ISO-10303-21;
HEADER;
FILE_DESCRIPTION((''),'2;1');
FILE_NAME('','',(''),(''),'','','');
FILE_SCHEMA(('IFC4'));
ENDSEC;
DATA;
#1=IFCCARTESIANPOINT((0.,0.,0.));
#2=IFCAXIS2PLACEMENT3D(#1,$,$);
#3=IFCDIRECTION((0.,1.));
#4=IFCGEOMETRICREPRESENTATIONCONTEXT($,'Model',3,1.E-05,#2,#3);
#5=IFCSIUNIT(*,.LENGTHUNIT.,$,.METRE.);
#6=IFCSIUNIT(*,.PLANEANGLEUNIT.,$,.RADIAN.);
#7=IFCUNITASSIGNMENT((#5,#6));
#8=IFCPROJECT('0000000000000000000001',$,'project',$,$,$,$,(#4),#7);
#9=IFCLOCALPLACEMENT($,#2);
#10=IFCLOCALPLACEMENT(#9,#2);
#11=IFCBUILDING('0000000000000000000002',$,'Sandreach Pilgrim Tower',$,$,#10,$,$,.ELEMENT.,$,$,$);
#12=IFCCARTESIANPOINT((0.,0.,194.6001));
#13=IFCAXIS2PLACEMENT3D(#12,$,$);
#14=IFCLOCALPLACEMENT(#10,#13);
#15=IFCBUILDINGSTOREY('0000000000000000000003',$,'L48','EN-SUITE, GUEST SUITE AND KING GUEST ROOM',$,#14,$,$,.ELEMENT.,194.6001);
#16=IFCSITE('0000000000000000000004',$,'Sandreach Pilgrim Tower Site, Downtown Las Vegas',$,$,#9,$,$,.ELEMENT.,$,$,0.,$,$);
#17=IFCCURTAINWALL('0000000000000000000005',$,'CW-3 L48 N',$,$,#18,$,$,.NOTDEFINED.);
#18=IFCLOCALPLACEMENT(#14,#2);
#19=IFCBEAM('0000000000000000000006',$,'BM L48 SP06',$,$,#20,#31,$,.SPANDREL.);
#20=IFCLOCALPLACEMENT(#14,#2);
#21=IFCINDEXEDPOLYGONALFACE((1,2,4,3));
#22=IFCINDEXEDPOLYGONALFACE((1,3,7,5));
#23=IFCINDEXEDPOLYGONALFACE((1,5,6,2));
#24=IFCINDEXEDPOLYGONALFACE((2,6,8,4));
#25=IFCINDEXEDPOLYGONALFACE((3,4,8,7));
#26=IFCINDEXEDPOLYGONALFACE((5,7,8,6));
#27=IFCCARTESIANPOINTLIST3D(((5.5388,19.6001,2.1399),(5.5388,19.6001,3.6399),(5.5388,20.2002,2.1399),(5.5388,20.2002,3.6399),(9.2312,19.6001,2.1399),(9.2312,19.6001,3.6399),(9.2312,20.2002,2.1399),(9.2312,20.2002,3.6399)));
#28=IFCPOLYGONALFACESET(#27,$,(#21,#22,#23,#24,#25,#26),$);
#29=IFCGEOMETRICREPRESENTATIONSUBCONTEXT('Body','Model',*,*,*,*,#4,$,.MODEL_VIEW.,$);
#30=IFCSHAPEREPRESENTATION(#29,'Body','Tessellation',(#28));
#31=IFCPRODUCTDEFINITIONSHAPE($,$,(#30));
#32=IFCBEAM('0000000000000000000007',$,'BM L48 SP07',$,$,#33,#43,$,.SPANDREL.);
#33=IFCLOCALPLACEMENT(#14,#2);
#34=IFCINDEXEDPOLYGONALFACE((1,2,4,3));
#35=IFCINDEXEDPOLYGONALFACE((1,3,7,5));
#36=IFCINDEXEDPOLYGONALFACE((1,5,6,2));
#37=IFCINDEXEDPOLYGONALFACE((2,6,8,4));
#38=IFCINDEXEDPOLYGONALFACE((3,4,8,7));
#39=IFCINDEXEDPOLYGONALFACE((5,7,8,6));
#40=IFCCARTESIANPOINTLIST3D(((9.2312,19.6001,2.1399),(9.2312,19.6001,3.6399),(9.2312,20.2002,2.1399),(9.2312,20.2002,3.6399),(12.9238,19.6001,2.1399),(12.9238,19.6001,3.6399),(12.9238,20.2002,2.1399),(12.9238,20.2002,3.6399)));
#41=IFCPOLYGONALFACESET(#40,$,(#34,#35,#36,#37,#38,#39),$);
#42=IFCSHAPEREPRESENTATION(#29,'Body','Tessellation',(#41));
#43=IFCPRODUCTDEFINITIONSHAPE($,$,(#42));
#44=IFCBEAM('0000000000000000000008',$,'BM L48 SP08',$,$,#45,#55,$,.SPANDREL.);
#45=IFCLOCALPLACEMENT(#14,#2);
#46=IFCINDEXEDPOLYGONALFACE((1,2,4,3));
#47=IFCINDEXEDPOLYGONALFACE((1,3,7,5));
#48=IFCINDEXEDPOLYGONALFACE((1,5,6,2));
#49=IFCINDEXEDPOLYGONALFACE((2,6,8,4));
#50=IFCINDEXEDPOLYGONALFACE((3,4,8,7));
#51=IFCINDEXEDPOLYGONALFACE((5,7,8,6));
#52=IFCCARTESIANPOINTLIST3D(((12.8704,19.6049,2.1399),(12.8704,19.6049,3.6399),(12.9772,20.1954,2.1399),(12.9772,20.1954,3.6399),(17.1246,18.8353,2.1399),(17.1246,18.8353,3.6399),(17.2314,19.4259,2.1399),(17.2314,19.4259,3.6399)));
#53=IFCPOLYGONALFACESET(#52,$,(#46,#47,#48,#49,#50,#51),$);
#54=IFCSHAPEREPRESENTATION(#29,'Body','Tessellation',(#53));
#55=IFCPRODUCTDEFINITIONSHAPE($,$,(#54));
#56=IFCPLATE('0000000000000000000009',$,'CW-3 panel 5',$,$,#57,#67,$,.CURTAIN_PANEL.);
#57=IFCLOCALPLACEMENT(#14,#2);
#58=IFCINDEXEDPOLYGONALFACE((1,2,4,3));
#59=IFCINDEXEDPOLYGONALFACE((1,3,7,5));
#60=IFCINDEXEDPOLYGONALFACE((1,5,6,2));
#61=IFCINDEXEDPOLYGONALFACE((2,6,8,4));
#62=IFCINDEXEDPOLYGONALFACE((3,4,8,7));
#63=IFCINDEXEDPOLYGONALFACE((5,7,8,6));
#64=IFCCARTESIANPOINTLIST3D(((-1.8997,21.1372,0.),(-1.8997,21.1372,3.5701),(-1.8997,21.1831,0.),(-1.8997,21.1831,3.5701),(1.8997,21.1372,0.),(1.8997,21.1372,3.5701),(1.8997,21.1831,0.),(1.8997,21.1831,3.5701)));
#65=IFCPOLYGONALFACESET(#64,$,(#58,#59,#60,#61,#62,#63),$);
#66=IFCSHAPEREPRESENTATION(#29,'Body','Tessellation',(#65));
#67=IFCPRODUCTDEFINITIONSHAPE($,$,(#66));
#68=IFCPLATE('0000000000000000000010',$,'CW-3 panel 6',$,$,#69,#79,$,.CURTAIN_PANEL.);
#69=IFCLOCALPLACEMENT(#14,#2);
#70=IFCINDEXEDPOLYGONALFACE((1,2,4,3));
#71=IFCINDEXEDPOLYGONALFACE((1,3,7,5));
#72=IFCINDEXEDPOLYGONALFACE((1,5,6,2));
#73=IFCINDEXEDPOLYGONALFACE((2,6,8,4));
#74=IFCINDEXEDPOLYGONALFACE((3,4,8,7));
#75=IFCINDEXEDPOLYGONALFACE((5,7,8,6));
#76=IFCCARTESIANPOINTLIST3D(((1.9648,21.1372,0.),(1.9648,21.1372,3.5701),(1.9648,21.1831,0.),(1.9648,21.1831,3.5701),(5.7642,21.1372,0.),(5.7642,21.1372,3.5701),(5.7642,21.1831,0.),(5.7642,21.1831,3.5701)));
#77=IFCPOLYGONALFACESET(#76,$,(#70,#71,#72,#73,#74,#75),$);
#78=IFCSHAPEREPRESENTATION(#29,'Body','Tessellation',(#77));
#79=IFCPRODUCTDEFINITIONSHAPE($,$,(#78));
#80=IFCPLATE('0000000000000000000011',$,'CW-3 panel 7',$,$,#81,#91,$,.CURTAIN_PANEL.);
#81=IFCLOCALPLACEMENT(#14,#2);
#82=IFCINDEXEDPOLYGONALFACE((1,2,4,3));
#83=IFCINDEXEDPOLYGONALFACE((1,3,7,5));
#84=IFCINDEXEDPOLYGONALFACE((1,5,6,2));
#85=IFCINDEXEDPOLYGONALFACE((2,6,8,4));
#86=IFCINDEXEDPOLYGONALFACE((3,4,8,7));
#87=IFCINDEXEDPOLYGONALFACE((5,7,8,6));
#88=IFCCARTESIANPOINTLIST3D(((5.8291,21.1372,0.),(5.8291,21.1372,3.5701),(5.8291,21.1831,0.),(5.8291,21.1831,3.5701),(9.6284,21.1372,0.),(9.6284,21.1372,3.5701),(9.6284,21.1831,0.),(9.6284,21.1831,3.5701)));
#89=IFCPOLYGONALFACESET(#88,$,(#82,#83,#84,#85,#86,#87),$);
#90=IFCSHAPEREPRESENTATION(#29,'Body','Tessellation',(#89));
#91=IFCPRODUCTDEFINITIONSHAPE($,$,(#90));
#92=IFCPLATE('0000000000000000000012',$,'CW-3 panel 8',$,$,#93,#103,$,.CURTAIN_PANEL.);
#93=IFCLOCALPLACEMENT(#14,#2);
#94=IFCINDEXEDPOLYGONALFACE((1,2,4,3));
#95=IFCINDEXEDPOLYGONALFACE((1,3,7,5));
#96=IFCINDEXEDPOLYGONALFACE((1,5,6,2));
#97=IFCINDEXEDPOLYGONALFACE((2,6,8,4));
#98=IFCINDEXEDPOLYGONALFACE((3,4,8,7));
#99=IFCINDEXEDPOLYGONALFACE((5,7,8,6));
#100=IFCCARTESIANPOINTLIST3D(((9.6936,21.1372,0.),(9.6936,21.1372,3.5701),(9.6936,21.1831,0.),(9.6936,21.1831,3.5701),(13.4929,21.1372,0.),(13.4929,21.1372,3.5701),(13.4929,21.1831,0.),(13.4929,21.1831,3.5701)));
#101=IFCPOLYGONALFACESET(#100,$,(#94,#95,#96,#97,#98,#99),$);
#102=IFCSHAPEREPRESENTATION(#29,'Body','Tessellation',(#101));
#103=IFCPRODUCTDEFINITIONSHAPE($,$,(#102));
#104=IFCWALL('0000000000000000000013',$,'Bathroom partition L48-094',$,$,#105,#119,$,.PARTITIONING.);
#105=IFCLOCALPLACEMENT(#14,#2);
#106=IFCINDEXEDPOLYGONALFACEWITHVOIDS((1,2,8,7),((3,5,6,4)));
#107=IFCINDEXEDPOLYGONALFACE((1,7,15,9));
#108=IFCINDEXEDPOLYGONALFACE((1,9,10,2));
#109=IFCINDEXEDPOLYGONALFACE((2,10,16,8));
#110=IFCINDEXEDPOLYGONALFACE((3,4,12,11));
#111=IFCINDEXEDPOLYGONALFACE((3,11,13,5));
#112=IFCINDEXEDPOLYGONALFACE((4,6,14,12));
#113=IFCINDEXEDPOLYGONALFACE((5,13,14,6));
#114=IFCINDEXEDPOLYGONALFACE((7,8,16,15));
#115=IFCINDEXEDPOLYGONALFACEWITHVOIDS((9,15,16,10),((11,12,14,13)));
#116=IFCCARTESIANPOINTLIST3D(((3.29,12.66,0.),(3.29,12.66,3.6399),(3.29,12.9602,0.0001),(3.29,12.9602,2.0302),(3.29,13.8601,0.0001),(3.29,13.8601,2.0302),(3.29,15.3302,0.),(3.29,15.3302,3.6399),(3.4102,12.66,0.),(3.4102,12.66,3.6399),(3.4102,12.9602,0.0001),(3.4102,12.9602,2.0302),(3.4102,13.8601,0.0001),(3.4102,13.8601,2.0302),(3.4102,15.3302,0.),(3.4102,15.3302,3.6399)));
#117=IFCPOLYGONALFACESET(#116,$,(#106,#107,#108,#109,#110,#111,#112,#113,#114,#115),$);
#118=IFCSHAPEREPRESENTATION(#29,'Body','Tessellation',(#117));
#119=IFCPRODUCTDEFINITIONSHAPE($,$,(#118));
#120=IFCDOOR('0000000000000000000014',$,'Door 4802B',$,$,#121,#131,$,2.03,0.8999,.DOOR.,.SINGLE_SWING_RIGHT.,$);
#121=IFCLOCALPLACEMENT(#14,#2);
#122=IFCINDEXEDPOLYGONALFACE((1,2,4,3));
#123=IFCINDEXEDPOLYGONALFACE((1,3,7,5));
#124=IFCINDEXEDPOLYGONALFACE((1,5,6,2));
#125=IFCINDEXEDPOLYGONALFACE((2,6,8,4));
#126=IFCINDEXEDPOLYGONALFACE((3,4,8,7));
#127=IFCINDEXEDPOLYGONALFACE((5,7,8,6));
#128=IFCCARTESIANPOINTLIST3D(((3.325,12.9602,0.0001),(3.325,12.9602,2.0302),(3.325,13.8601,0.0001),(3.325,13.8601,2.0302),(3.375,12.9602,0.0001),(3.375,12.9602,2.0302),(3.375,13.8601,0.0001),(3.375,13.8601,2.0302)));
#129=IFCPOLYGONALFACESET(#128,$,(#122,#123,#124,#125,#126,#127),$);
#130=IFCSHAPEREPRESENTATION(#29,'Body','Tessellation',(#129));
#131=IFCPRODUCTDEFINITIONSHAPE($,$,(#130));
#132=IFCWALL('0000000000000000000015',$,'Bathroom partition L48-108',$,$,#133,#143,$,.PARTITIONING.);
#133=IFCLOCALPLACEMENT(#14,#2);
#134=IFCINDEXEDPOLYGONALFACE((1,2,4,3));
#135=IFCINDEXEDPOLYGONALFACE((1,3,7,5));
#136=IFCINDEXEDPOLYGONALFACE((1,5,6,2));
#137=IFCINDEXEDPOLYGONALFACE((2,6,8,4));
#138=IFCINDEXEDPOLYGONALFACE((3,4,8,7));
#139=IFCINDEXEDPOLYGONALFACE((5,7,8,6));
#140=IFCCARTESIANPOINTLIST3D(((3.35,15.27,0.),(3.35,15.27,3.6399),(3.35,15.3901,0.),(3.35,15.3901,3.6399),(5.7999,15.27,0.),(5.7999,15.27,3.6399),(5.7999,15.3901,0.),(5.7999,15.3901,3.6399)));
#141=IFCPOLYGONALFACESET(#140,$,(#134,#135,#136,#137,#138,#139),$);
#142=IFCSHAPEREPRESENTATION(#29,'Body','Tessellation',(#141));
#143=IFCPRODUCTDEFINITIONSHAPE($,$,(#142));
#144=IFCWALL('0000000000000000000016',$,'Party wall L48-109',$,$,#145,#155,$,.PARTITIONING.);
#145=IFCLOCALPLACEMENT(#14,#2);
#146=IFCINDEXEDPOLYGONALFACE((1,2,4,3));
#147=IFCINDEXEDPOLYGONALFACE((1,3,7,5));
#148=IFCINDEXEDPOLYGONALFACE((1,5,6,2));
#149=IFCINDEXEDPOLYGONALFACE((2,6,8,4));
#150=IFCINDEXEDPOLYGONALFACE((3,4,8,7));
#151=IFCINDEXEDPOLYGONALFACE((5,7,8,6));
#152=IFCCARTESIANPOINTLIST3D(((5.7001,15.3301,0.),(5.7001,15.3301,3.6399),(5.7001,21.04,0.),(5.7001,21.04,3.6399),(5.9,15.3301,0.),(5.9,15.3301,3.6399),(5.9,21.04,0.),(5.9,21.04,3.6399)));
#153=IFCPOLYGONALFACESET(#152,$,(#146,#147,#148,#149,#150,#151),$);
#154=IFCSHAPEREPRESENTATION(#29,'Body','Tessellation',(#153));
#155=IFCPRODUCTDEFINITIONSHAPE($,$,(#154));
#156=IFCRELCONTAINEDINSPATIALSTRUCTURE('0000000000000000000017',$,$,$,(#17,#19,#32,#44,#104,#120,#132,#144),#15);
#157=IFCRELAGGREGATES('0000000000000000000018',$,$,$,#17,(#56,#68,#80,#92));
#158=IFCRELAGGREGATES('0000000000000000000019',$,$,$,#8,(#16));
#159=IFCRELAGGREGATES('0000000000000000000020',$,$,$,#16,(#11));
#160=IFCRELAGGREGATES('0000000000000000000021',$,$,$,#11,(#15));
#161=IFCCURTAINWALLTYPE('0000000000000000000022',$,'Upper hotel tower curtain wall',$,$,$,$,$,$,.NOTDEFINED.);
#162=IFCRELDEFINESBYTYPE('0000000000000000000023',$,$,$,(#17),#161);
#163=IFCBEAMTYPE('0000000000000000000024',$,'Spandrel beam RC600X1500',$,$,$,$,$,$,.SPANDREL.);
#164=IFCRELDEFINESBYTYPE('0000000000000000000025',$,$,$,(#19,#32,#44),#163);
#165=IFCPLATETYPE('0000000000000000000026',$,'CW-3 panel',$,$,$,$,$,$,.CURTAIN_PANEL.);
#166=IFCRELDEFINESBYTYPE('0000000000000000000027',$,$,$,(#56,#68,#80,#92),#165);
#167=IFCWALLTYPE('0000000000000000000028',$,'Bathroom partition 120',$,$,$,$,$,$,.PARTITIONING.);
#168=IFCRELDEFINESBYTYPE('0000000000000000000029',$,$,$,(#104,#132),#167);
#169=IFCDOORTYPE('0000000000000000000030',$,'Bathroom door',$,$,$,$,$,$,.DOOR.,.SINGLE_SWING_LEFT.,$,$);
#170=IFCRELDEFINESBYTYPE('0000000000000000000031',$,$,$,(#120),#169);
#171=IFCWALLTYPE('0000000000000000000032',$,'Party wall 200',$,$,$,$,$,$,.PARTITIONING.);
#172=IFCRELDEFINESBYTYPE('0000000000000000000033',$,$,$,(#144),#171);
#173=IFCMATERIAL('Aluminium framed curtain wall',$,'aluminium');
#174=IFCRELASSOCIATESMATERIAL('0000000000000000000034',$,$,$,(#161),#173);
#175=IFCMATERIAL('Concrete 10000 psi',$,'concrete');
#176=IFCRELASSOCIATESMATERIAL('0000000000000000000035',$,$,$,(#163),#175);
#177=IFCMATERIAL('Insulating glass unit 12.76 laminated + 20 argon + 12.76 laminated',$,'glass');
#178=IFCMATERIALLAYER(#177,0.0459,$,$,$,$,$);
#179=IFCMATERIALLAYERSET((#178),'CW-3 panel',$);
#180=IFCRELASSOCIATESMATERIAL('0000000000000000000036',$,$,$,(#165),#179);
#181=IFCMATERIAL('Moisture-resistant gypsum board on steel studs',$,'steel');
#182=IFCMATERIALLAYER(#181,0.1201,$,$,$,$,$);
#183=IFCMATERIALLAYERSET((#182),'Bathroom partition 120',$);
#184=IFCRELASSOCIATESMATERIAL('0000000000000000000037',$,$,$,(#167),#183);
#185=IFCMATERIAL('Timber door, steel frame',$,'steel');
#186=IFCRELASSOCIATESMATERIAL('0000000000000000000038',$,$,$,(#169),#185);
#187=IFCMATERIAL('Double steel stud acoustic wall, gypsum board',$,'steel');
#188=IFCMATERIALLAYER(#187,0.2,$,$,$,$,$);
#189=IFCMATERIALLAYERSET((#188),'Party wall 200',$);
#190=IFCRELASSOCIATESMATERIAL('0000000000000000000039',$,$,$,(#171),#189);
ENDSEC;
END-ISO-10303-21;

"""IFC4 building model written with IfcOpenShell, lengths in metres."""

from ifc_helpers import new_model, si_unit, direction, frame, frame_2d, origin, origin_2d, place, context, subcontext, project, spatial, rectangle, extrude, material, layer, layer_set, material_profile, profile_set, type_object, element, fill, aggregate, save


model = new_model("IFC4")

# Units and contexts
model_context = context("Model", 3, precision=1e-05, world=origin(), true_north=direction((0.0, 1.0)))
body_context = subcontext(model_context, "Body", "Model", "MODEL_VIEW")
ifc_project = project(units=[si_unit("LENGTHUNIT", "METRE"), si_unit("PLANEANGLEUNIT", "RADIAN")], contexts=[model_context])

# Site, building, storey
site_placement = place(None, origin())
site = spatial("IfcSite", under=ifc_project, at=site_placement, Name="Sandreach Pilgrim Tower Site, Downtown Las Vegas", CompositionType="ELEMENT", RefElevation=0.0)
building_placement = place(site_placement, origin())
building = spatial("IfcBuilding", under=site, at=building_placement, Name="Sandreach Pilgrim Tower", CompositionType="ELEMENT")
storey_placement = place(building_placement, frame((0.0, 0.0, 194.6001)))
storey = spatial("IfcBuildingStorey", under=building, at=storey_placement, Name="L48", Description="EN-SUITE, GUEST SUITE AND KING GUEST ROOM", CompositionType="ELEMENT", Elevation=194.6001)

# Curtain wall
ifc_material_1 = material(Name="Aluminium framed curtain wall", Category="aluminium")
curtain_wall_type = type_object("IfcCurtainWallType", Name="Upper hotel tower curtain wall", PredefinedType="NOTDEFINED", material=ifc_material_1)
curtain_wall_placement = place(storey_placement, origin())
curtain_wall = element("IfcCurtainWall", 1, at=curtain_wall_placement, inside=storey, type_object=curtain_wall_type, Name="CW-3 L48 N", PredefinedType="NOTDEFINED")

# Beams
ifc_material_2 = material(Name="Concrete 10000 psi", Category="concrete")
ifc_material_profile_1 = material_profile(ifc_material_2, rectangle(XDim=0.6001, YDim=1.5, at=origin_2d()), Name="RC600X1500")
ifc_profile_set_1 = profile_set([ifc_material_profile_1], Name="Concrete 10000 psi")
beam_type_1 = type_object("IfcBeamType", Name="Spandrel beam RC600X1500", PredefinedType="SPANDREL", material=ifc_profile_set_1)
beam_1_placement = place(storey_placement, frame((5.5388, 19.9001, 2.8899), z_axis=(1.0, 0.0, 0.0), x_axis=(0.0, 1.0, 0.0)))
element("IfcBeam", 2, at=beam_1_placement, inside=storey, type_object=beam_type_1, Name="BM L48 SP06", PredefinedType="SPANDREL", context=body_context, shape_type="SweptSolid", body=[
    extrude(rectangle(XDim=0.6001, YDim=1.5, at=origin_2d()), origin(), (0.0, 0.0, 1.0), 3.6924),
])
beam_2_placement = place(storey_placement, frame((9.2312, 19.9001, 2.8899), z_axis=(1.0, 0.0, 0.0), x_axis=(0.0, 1.0, 0.0)))
element("IfcBeam", 3, at=beam_2_placement, inside=storey, type_object=beam_type_1, Name="BM L48 SP07", PredefinedType="SPANDREL", context=body_context, shape_type="SweptSolid", body=[
    extrude(rectangle(XDim=0.6001, YDim=1.5, at=origin_2d()), origin(), (0.0, 0.0, 1.0), 3.6926),
])
beam_3_placement = place(storey_placement, frame((12.9238, 19.9001, 2.8899), z_axis=(0.98403, -0.178001, 0.0), x_axis=(0.178001, 0.98403, 0.0)))
element("IfcBeam", 4, at=beam_3_placement, inside=storey, type_object=beam_type_1, Name="BM L48 SP08", PredefinedType="SPANDREL", context=body_context, shape_type="SweptSolid", body=[
    extrude(rectangle(XDim=0.6001, YDim=1.5, at=origin_2d()), origin(), (0.0, 0.0, 1.0), 4.3232),
])

# Plates
ifc_material_3 = material(Name="Insulating glass unit 12.76 laminated + 20 argon + 12.76 laminated", Category="glass")
ifc_layer_1 = layer(ifc_material_3, 0.0459)
ifc_layer_set_1 = layer_set([ifc_layer_1], Name="CW-3 panel")
plate_type = type_object("IfcPlateType", Name="CW-3 panel", PredefinedType="CURTAIN_PANEL", material=ifc_layer_set_1)
plate_1_placement = place(storey_placement, frame((0.0, 21.1602, 0.0), z_axis=(0.0, 0.0, 1.0), x_axis=(1.0, 0.0, 0.0)))
plate_1 = element("IfcPlate", 5, at=plate_1_placement, type_object=plate_type, Name="CW-3 panel 5", PredefinedType="CURTAIN_PANEL", context=body_context, shape_type="SweptSolid", body=[
    extrude(rectangle(XDim=3.7993, YDim=0.0459, at=origin_2d()), origin(), (0.0, 0.0, 1.0), 3.5701),
])
plate_2_placement = place(storey_placement, frame((3.8645, 21.1602, 0.0), z_axis=(0.0, 0.0, 1.0), x_axis=(1.0, 0.0, 0.0)))
plate_2 = element("IfcPlate", 6, at=plate_2_placement, type_object=plate_type, Name="CW-3 panel 6", PredefinedType="CURTAIN_PANEL", context=body_context, shape_type="SweptSolid", body=[
    extrude(rectangle(XDim=3.7993, YDim=0.0459, at=origin_2d()), origin(), (0.0, 0.0, 1.0), 3.5701),
])
plate_3_placement = place(storey_placement, frame((7.7288, 21.1602, 0.0), z_axis=(0.0, 0.0, 1.0), x_axis=(1.0, 0.0, 0.0)))
plate_3 = element("IfcPlate", 7, at=plate_3_placement, type_object=plate_type, Name="CW-3 panel 7", PredefinedType="CURTAIN_PANEL", context=body_context, shape_type="SweptSolid", body=[
    extrude(rectangle(XDim=3.7993, YDim=0.0459, at=origin_2d()), origin(), (0.0, 0.0, 1.0), 3.5701),
])
plate_4_placement = place(storey_placement, frame((11.5933, 21.1602, 0.0), z_axis=(0.0, 0.0, 1.0), x_axis=(1.0, 0.0, 0.0)))
plate_4 = element("IfcPlate", 8, at=plate_4_placement, type_object=plate_type, Name="CW-3 panel 8", PredefinedType="CURTAIN_PANEL", context=body_context, shape_type="SweptSolid", body=[
    extrude(rectangle(XDim=3.7993, YDim=0.0459, at=origin_2d()), origin(), (0.0, 0.0, 1.0), 3.5701),
])
aggregate(curtain_wall, [plate_1, plate_2, plate_3, plate_4])

# Wall, opening, door
ifc_material_4 = material(Name="Moisture-resistant gypsum board on steel studs", Category="steel")
ifc_layer_2 = layer(ifc_material_4, 0.1201)
ifc_layer_set_2 = layer_set([ifc_layer_2], Name="Bathroom partition 120")
wall_type_1 = type_object("IfcWallType", Name="Bathroom partition 120", PredefinedType="PARTITIONING", material=ifc_layer_set_2)
wall_1_placement = place(storey_placement, frame((3.3501, 15.3301, 0.0), z_axis=(0.0, 0.0, 1.0), x_axis=(0.0, -1.0, 0.0)))
wall_1 = element("IfcWall", 9, at=wall_1_placement, inside=storey, type_object=wall_type_1, Name="Bathroom partition L48-094", PredefinedType="PARTITIONING", context=body_context, shape_type="SweptSolid", body=[
    extrude(rectangle(XDim=2.6702, YDim=0.1201, at=frame_2d((1.335, 0.0))), origin(), (0.0, 0.0, 1.0), 3.6399),
])
opening_placement = place(wall_1_placement, frame((1.47, 0.0, 0.0)))
opening = element("IfcOpeningElement", 10, at=opening_placement, cuts=wall_1, PredefinedType="OPENING", context=body_context, shape_type="SweptSolid", body=[
    extrude(rectangle(XDim=0.8999, YDim=2.03, at=frame_2d((0.45, 1.0151))), frame((0.0, 0.0601, 0.0), z_axis=(0.0, -1.0, 0.0), x_axis=(1.0, 0.0, 0.0)), (0.0, 0.0, 1.0), 0.1201),
])
ifc_material_5 = material(Name="Timber door, steel frame", Category="steel")
door_type = type_object("IfcDoorType", Name="Bathroom door", OperationType="SINGLE_SWING_LEFT", PredefinedType="DOOR", material=ifc_material_5)
door_placement = place(opening_placement, origin())
door = element("IfcDoor", 11, at=door_placement, inside=storey, type_object=door_type, Name="Door 4802B", OperationType="SINGLE_SWING_RIGHT", OverallHeight=2.03, OverallWidth=0.8999, PredefinedType="DOOR", context=body_context, shape_type="SweptSolid", body=[
    extrude(rectangle(XDim=0.8999, YDim=2.03, at=frame_2d((0.45, 1.0151))), frame((0.0, 0.0249, 0.0), z_axis=(0.0, -1.0, 0.0), x_axis=(1.0, 0.0, 0.0)), (0.0, 0.0, 1.0), 0.05),
])
fill(opening, door)

# Walls
wall_2_placement = place(storey_placement, frame((5.8, 15.3301, 0.0), z_axis=(0.0, 0.0, 1.0), x_axis=(-1.0, 0.0, 0.0)))
element("IfcWall", 12, at=wall_2_placement, inside=storey, type_object=wall_type_1, Name="Bathroom partition L48-108", PredefinedType="PARTITIONING", context=body_context, shape_type="SweptSolid", body=[
    extrude(rectangle(XDim=2.45, YDim=0.1201, at=frame_2d((1.2251, 0.0))), origin(), (0.0, 0.0, 1.0), 3.6399),
])
ifc_material_6 = material(Name="Double steel stud acoustic wall, gypsum board", Category="steel")
ifc_layer_3 = layer(ifc_material_6, 0.2)
ifc_layer_set_3 = layer_set([ifc_layer_3], Name="Party wall 200")
wall_type_2 = type_object("IfcWallType", Name="Party wall 200", PredefinedType="PARTITIONING", material=ifc_layer_set_3)
wall_3_placement = place(storey_placement, frame((5.8, 21.04, 0.0), z_axis=(0.0, 0.0, 1.0), x_axis=(0.0, -1.0, 0.0)))
element("IfcWall", 13, at=wall_3_placement, inside=storey, type_object=wall_type_2, Name="Party wall L48-109", PredefinedType="PARTITIONING", context=body_context, shape_type="SweptSolid", body=[
    extrude(rectangle(XDim=5.71, YDim=0.2, at=frame_2d((2.855, 0.0))), origin(), (0.0, 0.0, 1.0), 3.6399),
])

save(model, "model.ifc")
